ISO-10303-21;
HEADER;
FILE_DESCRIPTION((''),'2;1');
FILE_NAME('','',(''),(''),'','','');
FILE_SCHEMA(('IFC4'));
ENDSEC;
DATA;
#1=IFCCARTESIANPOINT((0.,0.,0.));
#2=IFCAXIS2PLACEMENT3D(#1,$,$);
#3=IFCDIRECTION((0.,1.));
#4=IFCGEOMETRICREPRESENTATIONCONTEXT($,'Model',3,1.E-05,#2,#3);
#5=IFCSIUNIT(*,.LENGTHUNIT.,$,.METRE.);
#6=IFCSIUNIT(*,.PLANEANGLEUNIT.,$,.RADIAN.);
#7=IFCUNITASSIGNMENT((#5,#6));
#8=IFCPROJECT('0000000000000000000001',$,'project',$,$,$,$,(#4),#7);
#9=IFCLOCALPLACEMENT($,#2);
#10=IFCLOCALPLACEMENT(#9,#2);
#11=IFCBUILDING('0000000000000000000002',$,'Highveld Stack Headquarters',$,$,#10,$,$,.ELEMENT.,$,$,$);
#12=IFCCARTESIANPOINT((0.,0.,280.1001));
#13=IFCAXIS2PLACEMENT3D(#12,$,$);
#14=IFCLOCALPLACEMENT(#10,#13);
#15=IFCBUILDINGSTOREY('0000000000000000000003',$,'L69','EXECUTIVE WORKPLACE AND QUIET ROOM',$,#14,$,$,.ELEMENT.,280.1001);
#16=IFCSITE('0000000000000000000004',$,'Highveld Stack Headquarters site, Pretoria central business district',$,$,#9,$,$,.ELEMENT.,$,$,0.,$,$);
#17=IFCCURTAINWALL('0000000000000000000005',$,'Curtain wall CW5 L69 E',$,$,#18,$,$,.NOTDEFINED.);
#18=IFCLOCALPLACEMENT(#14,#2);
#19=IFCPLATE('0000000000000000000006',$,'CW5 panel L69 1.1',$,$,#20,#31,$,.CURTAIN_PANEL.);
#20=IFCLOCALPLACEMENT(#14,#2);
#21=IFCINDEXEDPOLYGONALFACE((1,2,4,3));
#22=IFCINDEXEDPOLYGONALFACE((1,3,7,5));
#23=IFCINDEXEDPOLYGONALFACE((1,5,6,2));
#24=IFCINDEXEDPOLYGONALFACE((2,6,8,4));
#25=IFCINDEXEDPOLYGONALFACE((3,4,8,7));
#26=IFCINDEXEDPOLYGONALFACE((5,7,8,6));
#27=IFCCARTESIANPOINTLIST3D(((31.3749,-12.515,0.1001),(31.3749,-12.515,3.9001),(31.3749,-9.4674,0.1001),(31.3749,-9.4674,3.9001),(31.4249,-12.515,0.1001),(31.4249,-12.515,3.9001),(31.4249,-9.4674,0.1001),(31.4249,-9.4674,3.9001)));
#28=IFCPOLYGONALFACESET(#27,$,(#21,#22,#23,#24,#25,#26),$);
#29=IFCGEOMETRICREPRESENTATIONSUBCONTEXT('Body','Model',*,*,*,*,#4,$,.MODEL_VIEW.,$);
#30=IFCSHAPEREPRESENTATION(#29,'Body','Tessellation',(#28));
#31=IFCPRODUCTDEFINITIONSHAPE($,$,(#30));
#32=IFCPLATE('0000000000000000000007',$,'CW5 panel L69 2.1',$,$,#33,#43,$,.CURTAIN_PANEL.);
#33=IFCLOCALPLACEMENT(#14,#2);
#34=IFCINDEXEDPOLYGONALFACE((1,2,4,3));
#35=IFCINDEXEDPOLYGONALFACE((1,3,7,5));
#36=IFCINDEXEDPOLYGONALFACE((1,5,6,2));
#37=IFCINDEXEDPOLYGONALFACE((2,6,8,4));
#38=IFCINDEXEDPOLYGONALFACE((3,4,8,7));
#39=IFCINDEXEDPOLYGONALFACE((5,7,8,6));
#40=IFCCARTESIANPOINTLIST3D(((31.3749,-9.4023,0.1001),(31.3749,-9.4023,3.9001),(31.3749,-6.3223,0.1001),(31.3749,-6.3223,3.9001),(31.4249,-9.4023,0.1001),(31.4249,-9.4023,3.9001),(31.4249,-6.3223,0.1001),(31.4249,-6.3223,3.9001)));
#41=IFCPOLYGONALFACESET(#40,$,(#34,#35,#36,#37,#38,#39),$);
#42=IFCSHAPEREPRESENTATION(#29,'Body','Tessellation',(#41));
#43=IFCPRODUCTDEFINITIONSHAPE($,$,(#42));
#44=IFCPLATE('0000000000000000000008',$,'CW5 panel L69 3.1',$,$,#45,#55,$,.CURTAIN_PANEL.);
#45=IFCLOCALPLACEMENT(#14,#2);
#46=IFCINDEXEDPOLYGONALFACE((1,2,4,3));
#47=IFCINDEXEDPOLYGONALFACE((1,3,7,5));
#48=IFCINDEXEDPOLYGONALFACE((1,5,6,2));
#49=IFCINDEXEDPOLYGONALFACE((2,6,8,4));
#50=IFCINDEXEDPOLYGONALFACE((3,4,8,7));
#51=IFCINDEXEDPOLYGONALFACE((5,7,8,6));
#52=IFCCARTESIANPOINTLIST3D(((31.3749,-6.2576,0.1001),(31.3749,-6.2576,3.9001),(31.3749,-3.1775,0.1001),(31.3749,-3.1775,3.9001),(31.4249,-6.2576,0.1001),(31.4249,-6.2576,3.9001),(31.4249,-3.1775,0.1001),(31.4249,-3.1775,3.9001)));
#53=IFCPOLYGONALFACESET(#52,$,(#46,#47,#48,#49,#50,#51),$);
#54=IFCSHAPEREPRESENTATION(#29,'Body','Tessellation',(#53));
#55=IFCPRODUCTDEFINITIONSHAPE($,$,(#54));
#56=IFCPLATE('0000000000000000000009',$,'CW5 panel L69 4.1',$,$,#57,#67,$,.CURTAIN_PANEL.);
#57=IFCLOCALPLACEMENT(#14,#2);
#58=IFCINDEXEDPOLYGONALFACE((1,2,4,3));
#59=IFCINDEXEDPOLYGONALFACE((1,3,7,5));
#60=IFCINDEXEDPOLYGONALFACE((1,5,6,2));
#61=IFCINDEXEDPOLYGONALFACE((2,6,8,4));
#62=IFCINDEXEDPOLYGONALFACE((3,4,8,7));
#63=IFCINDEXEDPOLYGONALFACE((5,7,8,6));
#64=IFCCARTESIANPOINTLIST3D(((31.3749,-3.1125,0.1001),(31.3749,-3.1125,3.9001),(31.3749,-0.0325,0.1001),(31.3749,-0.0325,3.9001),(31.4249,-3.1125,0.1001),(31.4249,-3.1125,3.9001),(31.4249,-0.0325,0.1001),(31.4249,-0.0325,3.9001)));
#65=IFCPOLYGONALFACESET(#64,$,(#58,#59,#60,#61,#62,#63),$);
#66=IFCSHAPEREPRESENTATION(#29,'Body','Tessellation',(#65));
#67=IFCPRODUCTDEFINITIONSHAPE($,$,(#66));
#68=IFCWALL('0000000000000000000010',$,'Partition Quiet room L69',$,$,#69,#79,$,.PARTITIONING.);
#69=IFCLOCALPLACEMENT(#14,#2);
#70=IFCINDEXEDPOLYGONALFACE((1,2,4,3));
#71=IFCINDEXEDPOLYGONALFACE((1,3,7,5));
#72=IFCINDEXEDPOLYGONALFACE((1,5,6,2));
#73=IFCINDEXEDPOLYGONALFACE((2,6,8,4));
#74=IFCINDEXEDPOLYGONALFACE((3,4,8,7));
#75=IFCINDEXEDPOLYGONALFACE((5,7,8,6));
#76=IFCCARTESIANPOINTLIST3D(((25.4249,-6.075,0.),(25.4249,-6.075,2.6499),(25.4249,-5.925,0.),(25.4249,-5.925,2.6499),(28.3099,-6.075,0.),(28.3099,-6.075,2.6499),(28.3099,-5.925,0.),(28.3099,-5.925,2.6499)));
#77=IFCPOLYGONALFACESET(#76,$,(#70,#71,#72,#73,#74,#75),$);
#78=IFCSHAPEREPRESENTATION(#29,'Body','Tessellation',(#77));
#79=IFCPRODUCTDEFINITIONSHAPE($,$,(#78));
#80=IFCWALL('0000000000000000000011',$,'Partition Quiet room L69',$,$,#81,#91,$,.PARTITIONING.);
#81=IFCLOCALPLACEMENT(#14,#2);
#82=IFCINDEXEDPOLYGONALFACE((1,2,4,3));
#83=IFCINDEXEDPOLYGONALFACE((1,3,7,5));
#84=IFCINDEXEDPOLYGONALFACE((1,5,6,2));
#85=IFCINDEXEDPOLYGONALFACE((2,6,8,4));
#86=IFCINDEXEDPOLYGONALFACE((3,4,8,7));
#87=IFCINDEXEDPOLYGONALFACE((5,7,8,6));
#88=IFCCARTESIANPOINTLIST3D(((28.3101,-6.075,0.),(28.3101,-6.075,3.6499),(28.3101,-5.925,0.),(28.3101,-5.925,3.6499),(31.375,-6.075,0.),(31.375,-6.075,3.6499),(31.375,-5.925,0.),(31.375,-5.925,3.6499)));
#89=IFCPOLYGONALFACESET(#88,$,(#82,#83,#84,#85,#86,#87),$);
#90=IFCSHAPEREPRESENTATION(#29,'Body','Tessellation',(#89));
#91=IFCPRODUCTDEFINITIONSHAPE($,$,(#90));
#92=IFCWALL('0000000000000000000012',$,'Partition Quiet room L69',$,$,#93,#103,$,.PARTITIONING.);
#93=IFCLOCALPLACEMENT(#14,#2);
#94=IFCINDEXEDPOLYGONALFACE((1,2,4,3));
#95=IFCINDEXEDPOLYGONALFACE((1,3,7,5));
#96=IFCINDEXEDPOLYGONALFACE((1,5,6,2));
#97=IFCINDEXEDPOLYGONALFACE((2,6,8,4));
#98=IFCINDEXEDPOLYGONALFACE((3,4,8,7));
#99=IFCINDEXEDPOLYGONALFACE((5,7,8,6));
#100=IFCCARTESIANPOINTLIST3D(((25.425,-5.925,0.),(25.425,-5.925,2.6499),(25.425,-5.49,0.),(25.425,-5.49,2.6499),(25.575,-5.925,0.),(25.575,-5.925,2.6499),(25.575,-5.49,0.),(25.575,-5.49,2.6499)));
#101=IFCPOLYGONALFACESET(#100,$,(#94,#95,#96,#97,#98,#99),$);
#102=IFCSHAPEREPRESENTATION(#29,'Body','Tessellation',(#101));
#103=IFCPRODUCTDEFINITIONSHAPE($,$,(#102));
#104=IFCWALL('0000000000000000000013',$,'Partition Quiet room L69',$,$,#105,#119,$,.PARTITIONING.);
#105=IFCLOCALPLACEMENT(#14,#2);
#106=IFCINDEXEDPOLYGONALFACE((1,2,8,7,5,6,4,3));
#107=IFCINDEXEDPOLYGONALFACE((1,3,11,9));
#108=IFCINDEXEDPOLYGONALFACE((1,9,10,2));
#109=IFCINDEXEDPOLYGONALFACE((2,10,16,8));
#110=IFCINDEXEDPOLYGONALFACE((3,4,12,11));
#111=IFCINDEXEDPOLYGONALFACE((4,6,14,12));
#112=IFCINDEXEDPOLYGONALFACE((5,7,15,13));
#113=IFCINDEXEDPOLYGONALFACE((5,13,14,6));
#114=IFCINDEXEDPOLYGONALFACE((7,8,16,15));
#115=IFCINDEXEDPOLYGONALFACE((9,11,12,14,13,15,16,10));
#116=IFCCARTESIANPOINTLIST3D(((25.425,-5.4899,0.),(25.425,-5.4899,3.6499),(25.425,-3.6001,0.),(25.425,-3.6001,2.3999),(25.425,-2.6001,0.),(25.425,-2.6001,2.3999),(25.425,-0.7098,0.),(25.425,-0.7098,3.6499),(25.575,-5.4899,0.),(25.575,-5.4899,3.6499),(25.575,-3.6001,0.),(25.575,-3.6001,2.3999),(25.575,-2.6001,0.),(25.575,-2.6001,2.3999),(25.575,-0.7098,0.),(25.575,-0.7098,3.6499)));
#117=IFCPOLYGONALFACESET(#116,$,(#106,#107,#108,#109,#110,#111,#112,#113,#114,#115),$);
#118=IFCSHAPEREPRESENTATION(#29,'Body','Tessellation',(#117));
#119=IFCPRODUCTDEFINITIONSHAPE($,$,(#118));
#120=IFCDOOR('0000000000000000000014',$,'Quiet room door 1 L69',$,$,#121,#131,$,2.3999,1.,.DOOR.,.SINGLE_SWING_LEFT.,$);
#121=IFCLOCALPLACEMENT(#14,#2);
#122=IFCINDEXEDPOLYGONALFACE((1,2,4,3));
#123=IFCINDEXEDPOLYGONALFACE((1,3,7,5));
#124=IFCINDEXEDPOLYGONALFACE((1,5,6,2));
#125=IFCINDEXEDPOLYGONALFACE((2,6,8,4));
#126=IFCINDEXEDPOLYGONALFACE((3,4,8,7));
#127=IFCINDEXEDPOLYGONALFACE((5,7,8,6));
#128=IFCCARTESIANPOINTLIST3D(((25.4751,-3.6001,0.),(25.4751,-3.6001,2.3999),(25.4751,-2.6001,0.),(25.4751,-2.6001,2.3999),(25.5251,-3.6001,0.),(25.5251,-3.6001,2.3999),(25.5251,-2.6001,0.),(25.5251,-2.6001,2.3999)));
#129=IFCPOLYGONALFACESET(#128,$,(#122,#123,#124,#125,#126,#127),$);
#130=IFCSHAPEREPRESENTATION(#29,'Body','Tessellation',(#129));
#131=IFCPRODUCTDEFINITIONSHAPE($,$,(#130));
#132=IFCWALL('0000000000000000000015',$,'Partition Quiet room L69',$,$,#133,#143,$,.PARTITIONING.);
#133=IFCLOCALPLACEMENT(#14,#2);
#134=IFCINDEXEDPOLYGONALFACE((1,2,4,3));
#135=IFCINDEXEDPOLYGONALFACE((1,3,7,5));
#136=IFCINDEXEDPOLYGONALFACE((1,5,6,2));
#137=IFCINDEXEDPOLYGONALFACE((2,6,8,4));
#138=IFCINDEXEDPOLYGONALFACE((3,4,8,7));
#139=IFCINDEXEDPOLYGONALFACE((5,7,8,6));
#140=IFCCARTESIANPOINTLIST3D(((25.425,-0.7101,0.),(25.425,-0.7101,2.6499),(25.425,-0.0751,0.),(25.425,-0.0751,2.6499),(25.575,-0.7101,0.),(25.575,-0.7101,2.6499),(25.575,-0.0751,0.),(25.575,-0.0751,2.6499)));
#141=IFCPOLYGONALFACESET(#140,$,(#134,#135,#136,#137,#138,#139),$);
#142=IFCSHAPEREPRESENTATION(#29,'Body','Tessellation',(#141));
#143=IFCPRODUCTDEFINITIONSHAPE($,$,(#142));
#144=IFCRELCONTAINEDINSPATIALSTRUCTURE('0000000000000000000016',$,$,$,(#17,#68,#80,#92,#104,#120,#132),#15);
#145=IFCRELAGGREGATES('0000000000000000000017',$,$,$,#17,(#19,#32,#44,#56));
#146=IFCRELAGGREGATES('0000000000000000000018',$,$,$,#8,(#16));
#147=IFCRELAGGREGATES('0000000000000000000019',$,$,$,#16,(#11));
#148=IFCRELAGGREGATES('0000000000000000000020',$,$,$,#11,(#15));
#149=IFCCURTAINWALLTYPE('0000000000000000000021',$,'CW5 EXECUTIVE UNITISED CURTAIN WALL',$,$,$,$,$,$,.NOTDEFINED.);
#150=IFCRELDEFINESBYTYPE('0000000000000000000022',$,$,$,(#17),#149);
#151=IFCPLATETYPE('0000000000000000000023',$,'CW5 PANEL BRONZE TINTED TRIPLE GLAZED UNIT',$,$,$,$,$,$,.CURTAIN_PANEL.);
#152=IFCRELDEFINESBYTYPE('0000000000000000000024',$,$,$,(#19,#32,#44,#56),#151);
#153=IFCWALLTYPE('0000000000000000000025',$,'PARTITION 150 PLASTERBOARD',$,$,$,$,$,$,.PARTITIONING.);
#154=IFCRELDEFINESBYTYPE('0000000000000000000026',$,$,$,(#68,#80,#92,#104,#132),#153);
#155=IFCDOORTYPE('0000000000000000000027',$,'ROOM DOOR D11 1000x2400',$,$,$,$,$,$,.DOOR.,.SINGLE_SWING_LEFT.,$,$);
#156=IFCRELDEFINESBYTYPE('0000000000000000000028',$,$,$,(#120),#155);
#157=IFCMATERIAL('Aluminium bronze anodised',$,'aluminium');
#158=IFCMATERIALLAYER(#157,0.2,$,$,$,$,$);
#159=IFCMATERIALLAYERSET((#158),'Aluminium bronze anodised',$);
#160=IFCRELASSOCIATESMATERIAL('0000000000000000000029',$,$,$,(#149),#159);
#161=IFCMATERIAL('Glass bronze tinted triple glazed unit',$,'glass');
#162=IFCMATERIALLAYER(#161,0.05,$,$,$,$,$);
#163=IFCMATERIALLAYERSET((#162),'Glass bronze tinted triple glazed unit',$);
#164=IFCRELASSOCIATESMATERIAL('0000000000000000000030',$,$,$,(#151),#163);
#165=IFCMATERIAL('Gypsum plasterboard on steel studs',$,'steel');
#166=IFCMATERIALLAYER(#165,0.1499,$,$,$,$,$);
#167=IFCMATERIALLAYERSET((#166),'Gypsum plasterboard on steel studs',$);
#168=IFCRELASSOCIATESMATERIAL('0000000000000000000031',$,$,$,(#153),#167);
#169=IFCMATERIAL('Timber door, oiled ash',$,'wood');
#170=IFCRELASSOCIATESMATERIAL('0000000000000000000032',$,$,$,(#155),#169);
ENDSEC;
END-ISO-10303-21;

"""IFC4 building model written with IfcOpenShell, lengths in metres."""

from ifc_helpers import new_model, si_unit, direction, frame, frame_2d, origin, origin_2d, place, context, subcontext, project, spatial, rectangle, extrude, material, layer, layer_set, type_object, element, fill, aggregate, save


model = new_model("IFC4")

# Units and contexts
model_context = context("Model", 3, precision=1e-05, world=origin(), true_north=direction((0.0, 1.0)))
body_context = subcontext(model_context, "Body", "Model", "MODEL_VIEW")
ifc_project = project(units=[si_unit("LENGTHUNIT", "METRE"), si_unit("PLANEANGLEUNIT", "RADIAN")], contexts=[model_context])

# Site, building, storey
site_placement = place(None, origin())
site = spatial("IfcSite", under=ifc_project, at=site_placement, Name="Highveld Stack Headquarters site, Pretoria central business district", CompositionType="ELEMENT", RefElevation=0.0)
building_placement = place(site_placement, origin())
building = spatial("IfcBuilding", under=site, at=building_placement, Name="Highveld Stack Headquarters", CompositionType="ELEMENT")
storey_placement = place(building_placement, frame((0.0, 0.0, 280.1001)))
storey = spatial("IfcBuildingStorey", under=building, at=storey_placement, Name="L69", Description="EXECUTIVE WORKPLACE AND QUIET ROOM", CompositionType="ELEMENT", Elevation=280.1001)

# Curtain wall
ifc_material_1 = material(Name="Aluminium bronze anodised", Category="aluminium")
ifc_layer_1 = layer(ifc_material_1, 0.2)
ifc_layer_set_1 = layer_set([ifc_layer_1], Name="Aluminium bronze anodised")
curtain_wall_type = type_object("IfcCurtainWallType", Name="CW5 EXECUTIVE UNITISED CURTAIN WALL", PredefinedType="NOTDEFINED", material=ifc_layer_set_1)
curtain_wall_placement = place(storey_placement, origin())
curtain_wall = element("IfcCurtainWall", 1, at=curtain_wall_placement, inside=storey, type_object=curtain_wall_type, Name="Curtain wall CW5 L69 E", PredefinedType="NOTDEFINED")

# Plates
ifc_material_2 = material(Name="Glass bronze tinted triple glazed unit", Category="glass")
ifc_layer_2 = layer(ifc_material_2, 0.05)
ifc_layer_set_2 = layer_set([ifc_layer_2], Name="Glass bronze tinted triple glazed unit")
plate_type = type_object("IfcPlateType", Name="CW5 PANEL BRONZE TINTED TRIPLE GLAZED UNIT", PredefinedType="CURTAIN_PANEL", material=ifc_layer_set_2)
plate_1_placement = place(storey_placement, frame((31.3999, -10.9912, 0.1001), z_axis=(0.0, 0.0, 1.0), x_axis=(0.0, 1.0, 0.0)))
plate_1 = element("IfcPlate", 2, at=plate_1_placement, type_object=plate_type, Name="CW5 panel L69 1.1", PredefinedType="CURTAIN_PANEL", context=body_context, shape_type="SweptSolid", body=[
    extrude(rectangle(XDim=3.0476, YDim=0.05, at=origin_2d()), origin(), (0.0, 0.0, 1.0), 3.8),
])
plate_2_placement = place(storey_placement, frame((31.3999, -7.8623, 0.1001), z_axis=(0.0, 0.0, 1.0), x_axis=(0.0, 1.0, 0.0)))
plate_2 = element("IfcPlate", 3, at=plate_2_placement, type_object=plate_type, Name="CW5 panel L69 2.1", PredefinedType="CURTAIN_PANEL", context=body_context, shape_type="SweptSolid", body=[
    extrude(rectangle(XDim=3.0801, YDim=0.05, at=origin_2d()), origin(), (0.0, 0.0, 1.0), 3.8),
])
plate_3_placement = place(storey_placement, frame((31.3999, -4.7175, 0.1001), z_axis=(0.0, 0.0, 1.0), x_axis=(0.0, 1.0, 0.0)))
plate_3 = element("IfcPlate", 4, at=plate_3_placement, type_object=plate_type, Name="CW5 panel L69 3.1", PredefinedType="CURTAIN_PANEL", context=body_context, shape_type="SweptSolid", body=[
    extrude(rectangle(XDim=3.0801, YDim=0.05, at=origin_2d()), origin(), (0.0, 0.0, 1.0), 3.8),
])
plate_4_placement = place(storey_placement, frame((31.3999, -1.5725, 0.1001), z_axis=(0.0, 0.0, 1.0), x_axis=(0.0, 1.0, 0.0)))
plate_4 = element("IfcPlate", 5, at=plate_4_placement, type_object=plate_type, Name="CW5 panel L69 4.1", PredefinedType="CURTAIN_PANEL", context=body_context, shape_type="SweptSolid", body=[
    extrude(rectangle(XDim=3.0801, YDim=0.05, at=origin_2d()), origin(), (0.0, 0.0, 1.0), 3.8),
])
aggregate(curtain_wall, [plate_1, plate_2, plate_3, plate_4])

# Walls
ifc_material_3 = material(Name="Gypsum plasterboard on steel studs", Category="steel")
ifc_layer_3 = layer(ifc_material_3, 0.1499)
ifc_layer_set_3 = layer_set([ifc_layer_3], Name="Gypsum plasterboard on steel studs")
wall_type = type_object("IfcWallType", Name="PARTITION 150 PLASTERBOARD", PredefinedType="PARTITIONING", material=ifc_layer_set_3)
wall_1_placement = place(storey_placement, frame((25.425, -6.0, 0.0), z_axis=(0.0, 0.0, 1.0), x_axis=(1.0, 0.0, 0.0)))
element("IfcWall", 6, at=wall_1_placement, inside=storey, type_object=wall_type, Name="Partition Quiet room L69", PredefinedType="PARTITIONING", context=body_context, shape_type="SweptSolid", body=[
    extrude(rectangle(XDim=2.885, YDim=0.1499, at=frame_2d((1.4424, 0.0))), origin(), (0.0, 0.0, 1.0), 2.6499),
])
wall_2_placement = place(storey_placement, frame((28.3101, -6.0, 0.0), z_axis=(0.0, 0.0, 1.0), x_axis=(1.0, 0.0, 0.0)))
element("IfcWall", 7, at=wall_2_placement, inside=storey, type_object=wall_type, Name="Partition Quiet room L69", PredefinedType="PARTITIONING", context=body_context, shape_type="SweptSolid", body=[
    extrude(rectangle(XDim=3.0649, YDim=0.1499, at=frame_2d((1.5325, 0.0))), origin(), (0.0, 0.0, 1.0), 3.6499),
])
wall_3_placement = place(storey_placement, frame((25.5, -5.925, 0.0), z_axis=(0.0, 0.0, 1.0), x_axis=(0.0, 1.0, 0.0)))
element("IfcWall", 8, at=wall_3_placement, inside=storey, type_object=wall_type, Name="Partition Quiet room L69", PredefinedType="PARTITIONING", context=body_context, shape_type="SweptSolid", body=[
    extrude(rectangle(XDim=0.4351, YDim=0.1499, at=frame_2d((0.2175, 0.0))), origin(), (0.0, 0.0, 1.0), 2.6499),
])

# Wall, opening, door
wall_4_placement = place(storey_placement, frame((25.5, -5.49, 0.0), z_axis=(0.0, 0.0, 1.0), x_axis=(0.0, 1.0, 0.0)))
wall_4 = element("IfcWall", 9, at=wall_4_placement, inside=storey, type_object=wall_type, Name="Partition Quiet room L69", PredefinedType="PARTITIONING", context=body_context, shape_type="SweptSolid", body=[
    extrude(rectangle(XDim=4.78, YDim=0.1499, at=frame_2d((2.3901, 0.0))), origin(), (0.0, 0.0, 1.0), 3.6499),
])
opening_placement = place(wall_4_placement, frame((1.8899, 0.0, 0.0)))
opening = element("IfcOpeningElement", 10, at=opening_placement, cuts=wall_4, PredefinedType="OPENING", context=body_context, shape_type="SweptSolid", body=[
    extrude(rectangle(XDim=1.0, YDim=2.3999, at=frame_2d((0.5, 1.2))), frame((0.0, 0.085, 0.0), z_axis=(0.0, -1.0, 0.0), x_axis=(1.0, 0.0, 0.0)), (0.0, 0.0, 1.0), 0.1699),
])
ifc_material_4 = material(Name="Timber door, oiled ash", Category="wood")
door_type = type_object("IfcDoorType", Name="ROOM DOOR D11 1000x2400", OperationType="SINGLE_SWING_LEFT", PredefinedType="DOOR", material=ifc_material_4)
door_placement = place(opening_placement, origin())
door = element("IfcDoor", 11, at=door_placement, inside=storey, type_object=door_type, Name="Quiet room door 1 L69", OperationType="SINGLE_SWING_LEFT", OverallHeight=2.3999, OverallWidth=1.0, PredefinedType="DOOR", context=body_context, shape_type="SweptSolid", body=[
    extrude(rectangle(XDim=1.0, YDim=2.3999, at=frame_2d((0.5, 1.2))), frame((0.0, 0.0249, 0.0), z_axis=(0.0, -1.0, 0.0), x_axis=(1.0, 0.0, 0.0)), (0.0, 0.0, 1.0), 0.05),
])
fill(opening, door)

# Wall
wall_5_placement = place(storey_placement, frame((25.5, -0.71, 0.0), z_axis=(0.0, 0.0, 1.0), x_axis=(0.0, 1.0, 0.0)))
element("IfcWall", 12, at=wall_5_placement, inside=storey, type_object=wall_type, Name="Partition Quiet room L69", PredefinedType="PARTITIONING", context=body_context, shape_type="SweptSolid", body=[
    extrude(rectangle(XDim=0.635, YDim=0.1499, at=frame_2d((0.3174, 0.0))), origin(), (0.0, 0.0, 1.0), 2.6499),
])

save(model, "model.ifc")
